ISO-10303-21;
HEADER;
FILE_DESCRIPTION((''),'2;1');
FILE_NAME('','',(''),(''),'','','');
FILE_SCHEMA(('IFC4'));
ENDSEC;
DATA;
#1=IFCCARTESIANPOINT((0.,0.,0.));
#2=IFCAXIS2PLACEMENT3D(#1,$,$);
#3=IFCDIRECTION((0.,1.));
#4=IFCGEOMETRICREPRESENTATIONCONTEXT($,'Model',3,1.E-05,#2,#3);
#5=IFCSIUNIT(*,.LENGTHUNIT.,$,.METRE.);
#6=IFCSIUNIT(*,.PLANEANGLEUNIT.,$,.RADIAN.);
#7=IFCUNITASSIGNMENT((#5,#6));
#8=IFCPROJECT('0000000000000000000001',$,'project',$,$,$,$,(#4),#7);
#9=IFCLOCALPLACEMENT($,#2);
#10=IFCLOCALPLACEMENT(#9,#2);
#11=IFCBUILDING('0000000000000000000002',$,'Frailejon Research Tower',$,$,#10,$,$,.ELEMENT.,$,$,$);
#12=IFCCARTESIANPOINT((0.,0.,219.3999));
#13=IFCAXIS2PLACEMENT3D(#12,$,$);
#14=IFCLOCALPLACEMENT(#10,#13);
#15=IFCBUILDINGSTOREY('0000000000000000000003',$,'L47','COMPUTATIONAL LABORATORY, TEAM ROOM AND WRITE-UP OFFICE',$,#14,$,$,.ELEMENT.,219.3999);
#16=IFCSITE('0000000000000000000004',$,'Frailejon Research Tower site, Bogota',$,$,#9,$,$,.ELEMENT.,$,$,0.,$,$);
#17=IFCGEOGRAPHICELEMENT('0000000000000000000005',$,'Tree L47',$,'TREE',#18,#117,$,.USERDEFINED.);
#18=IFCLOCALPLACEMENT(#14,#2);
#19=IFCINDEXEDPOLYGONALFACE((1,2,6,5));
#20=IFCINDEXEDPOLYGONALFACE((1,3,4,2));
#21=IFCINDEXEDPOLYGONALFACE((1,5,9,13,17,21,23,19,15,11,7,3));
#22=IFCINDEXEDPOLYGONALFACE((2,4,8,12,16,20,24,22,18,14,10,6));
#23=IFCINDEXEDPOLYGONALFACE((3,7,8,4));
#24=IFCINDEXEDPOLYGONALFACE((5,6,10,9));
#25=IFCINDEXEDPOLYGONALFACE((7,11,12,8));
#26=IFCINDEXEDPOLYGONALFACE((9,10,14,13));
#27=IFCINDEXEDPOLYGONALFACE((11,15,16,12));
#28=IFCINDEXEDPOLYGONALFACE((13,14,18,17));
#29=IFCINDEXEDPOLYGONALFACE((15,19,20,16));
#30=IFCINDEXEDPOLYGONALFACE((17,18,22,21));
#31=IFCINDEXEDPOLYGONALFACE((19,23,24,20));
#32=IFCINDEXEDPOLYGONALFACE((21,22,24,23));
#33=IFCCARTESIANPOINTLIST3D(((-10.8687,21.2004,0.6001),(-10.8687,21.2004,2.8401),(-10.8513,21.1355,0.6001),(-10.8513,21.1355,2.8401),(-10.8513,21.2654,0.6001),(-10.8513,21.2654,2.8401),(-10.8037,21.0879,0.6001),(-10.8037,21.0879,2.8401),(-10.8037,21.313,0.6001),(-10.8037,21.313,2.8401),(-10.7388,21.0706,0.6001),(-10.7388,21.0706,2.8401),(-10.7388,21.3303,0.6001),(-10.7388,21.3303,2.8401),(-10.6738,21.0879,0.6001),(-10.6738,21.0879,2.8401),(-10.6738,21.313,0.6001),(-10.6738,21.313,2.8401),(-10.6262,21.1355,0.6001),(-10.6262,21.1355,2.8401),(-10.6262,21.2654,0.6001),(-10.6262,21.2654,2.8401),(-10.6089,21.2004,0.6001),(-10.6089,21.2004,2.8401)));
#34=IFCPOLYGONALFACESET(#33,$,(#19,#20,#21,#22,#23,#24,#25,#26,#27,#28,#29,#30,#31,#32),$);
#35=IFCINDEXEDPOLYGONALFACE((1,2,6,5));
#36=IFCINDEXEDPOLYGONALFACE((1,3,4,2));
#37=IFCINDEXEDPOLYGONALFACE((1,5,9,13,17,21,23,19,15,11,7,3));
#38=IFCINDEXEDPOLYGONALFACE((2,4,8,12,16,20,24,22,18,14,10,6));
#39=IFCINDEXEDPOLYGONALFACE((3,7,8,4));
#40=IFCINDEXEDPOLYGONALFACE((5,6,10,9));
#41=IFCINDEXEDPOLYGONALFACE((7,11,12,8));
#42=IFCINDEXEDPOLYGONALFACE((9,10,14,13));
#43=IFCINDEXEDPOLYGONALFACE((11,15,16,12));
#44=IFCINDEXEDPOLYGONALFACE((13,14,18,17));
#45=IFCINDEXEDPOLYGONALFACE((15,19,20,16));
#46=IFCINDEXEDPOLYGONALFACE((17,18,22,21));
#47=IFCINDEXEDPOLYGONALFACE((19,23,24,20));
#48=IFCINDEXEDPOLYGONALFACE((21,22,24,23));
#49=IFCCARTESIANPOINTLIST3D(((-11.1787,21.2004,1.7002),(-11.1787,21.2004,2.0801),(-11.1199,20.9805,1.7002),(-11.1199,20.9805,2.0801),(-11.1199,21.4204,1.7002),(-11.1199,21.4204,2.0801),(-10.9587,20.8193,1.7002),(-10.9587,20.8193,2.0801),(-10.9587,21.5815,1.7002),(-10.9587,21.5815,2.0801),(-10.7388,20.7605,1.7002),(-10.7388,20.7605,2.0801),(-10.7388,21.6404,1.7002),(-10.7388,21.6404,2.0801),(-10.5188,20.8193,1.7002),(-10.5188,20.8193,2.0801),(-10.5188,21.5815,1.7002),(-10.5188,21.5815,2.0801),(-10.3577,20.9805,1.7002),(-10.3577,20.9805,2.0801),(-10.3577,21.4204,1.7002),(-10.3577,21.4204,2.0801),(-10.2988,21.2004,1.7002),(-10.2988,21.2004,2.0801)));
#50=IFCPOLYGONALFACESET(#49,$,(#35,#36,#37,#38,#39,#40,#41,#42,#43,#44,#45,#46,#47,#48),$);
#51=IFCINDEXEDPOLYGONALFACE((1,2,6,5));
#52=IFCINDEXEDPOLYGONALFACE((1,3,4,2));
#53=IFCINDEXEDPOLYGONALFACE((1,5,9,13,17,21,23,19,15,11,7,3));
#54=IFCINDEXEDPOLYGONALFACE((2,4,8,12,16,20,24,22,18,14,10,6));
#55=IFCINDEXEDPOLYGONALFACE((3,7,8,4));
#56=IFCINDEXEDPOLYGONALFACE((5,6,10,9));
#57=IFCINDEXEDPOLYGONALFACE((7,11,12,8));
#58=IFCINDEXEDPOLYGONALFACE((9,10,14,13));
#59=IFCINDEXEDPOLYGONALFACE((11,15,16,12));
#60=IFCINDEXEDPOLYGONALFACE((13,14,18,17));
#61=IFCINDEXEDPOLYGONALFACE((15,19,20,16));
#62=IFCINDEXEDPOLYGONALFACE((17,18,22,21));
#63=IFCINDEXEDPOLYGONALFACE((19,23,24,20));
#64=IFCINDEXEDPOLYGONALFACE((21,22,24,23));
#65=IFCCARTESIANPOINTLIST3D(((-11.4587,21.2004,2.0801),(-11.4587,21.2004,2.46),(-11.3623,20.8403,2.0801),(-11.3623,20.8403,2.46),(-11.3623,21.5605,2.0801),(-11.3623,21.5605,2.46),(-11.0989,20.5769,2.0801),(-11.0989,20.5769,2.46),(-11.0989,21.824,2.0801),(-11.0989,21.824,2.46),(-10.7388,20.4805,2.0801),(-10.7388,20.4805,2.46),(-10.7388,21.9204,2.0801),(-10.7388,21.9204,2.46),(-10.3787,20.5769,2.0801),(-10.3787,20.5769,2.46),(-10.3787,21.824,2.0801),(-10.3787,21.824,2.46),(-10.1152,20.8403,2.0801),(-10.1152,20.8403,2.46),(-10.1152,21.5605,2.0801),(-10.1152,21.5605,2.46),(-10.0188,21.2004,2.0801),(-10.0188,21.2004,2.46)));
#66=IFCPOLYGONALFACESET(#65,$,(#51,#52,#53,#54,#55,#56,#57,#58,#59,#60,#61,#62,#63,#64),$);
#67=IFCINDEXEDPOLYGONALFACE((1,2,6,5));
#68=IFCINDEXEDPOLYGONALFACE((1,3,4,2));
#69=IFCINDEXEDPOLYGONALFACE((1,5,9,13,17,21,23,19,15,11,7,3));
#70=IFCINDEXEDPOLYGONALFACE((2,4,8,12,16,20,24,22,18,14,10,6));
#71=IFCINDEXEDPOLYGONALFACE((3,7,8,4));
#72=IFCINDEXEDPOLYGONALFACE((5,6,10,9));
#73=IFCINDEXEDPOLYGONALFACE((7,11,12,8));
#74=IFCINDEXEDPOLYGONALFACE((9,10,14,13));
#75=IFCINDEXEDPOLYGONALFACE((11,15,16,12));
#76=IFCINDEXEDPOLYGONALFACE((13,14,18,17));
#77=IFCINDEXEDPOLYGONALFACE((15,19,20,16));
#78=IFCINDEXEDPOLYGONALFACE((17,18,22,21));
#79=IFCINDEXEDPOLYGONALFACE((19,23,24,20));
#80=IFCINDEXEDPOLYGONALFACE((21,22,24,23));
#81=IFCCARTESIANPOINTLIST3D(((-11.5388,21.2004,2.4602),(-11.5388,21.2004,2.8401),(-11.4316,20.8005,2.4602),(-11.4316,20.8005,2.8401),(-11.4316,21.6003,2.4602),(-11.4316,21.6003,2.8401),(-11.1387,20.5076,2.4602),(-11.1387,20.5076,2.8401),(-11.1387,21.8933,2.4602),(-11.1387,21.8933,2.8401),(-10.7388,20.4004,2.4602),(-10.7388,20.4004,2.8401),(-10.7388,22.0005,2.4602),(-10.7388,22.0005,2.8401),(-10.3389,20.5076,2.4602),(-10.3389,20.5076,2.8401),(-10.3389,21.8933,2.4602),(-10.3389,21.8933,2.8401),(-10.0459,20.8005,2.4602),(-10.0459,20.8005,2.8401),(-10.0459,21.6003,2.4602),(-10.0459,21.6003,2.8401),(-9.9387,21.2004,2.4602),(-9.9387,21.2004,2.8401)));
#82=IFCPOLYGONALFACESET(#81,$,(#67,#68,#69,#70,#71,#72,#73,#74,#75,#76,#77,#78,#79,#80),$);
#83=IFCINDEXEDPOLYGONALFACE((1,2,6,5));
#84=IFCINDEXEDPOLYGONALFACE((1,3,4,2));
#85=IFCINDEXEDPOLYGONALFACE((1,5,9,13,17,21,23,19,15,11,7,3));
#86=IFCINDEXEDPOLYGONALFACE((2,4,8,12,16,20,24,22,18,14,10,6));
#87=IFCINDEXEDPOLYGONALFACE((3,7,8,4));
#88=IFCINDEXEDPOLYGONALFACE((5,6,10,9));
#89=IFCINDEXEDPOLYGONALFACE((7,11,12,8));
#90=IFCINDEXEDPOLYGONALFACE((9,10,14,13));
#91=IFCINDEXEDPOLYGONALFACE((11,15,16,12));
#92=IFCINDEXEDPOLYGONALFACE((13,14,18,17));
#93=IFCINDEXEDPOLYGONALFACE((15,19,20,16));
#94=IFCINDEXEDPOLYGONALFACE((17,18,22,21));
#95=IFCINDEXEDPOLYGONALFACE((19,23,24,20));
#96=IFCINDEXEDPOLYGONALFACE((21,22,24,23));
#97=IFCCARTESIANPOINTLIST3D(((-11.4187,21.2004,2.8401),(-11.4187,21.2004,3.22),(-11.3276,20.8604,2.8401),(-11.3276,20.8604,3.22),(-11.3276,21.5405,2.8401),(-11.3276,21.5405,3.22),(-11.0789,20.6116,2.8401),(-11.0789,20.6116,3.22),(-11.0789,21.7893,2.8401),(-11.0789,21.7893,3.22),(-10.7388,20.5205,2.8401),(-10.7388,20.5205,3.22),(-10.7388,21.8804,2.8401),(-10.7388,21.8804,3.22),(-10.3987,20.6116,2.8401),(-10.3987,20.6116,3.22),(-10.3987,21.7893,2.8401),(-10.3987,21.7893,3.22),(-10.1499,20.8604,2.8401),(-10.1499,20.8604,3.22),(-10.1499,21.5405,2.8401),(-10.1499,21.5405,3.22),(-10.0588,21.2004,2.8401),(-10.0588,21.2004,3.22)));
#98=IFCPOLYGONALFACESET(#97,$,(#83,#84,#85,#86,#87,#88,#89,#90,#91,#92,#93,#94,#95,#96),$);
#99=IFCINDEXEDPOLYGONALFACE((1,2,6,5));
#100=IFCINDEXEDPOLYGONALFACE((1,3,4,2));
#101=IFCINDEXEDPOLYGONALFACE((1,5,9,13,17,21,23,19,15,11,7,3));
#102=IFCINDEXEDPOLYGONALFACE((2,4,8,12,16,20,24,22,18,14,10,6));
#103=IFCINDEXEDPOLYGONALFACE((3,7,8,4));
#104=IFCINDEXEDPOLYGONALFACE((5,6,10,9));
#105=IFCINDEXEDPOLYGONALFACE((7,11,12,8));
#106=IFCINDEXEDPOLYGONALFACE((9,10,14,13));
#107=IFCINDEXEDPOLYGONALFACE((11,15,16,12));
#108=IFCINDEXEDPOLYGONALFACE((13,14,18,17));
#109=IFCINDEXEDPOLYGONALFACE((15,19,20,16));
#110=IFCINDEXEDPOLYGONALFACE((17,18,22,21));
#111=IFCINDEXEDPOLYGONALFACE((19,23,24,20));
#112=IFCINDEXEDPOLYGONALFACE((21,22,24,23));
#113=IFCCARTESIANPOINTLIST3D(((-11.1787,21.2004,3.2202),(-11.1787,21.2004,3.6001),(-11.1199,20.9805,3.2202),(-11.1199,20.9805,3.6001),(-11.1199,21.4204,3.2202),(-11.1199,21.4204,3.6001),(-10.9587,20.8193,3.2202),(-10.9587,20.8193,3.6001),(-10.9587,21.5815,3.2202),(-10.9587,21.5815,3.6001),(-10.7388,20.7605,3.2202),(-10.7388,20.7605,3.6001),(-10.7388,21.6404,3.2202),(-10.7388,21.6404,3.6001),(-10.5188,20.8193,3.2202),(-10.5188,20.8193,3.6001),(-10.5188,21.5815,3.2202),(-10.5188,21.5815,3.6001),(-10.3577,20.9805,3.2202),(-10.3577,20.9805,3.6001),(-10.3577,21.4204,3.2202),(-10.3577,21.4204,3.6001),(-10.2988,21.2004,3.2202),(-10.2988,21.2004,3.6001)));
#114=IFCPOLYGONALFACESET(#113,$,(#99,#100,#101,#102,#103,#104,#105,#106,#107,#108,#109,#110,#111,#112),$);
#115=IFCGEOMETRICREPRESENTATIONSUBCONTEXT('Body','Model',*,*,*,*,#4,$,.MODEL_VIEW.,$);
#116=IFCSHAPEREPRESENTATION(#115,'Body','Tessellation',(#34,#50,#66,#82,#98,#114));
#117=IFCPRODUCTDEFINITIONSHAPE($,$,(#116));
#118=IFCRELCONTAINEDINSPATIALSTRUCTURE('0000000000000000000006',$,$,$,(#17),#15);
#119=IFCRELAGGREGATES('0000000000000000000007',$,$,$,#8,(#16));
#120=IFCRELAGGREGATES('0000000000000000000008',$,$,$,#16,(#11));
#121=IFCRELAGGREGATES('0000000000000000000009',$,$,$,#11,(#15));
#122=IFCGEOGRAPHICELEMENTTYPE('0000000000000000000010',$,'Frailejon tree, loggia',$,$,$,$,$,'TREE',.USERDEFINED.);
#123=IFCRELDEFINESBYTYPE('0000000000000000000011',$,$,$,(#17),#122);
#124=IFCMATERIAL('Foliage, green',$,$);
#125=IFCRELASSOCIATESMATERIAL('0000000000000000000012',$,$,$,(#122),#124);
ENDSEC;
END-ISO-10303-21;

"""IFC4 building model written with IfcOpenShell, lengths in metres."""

from ifc_helpers import new_model, si_unit, direction, frame, origin, place, context, subcontext, project, spatial, polyline, outline, extrude, material, type_object, element, save


model = new_model("IFC4")

# Units and contexts
model_context = context("Model", 3, precision=1e-05, world=origin(), true_north=direction((0.0, 1.0)))
body_context = subcontext(model_context, "Body", "Model", "MODEL_VIEW")
ifc_project = project(units=[si_unit("LENGTHUNIT", "METRE"), si_unit("PLANEANGLEUNIT", "RADIAN")], contexts=[model_context])

# Site, building, storey
site_placement = place(None, origin())
site = spatial("IfcSite", under=ifc_project, at=site_placement, Name="Frailejon Research Tower site, Bogota", CompositionType="ELEMENT", RefElevation=0.0)
building_placement = place(site_placement, origin())
building = spatial("IfcBuilding", under=site, at=building_placement, Name="Frailejon Research Tower", CompositionType="ELEMENT")
storey_placement = place(building_placement, frame((0.0, 0.0, 219.3999)))
storey = spatial("IfcBuildingStorey", under=building, at=storey_placement, Name="L47", Description="COMPUTATIONAL LABORATORY, TEAM ROOM AND WRITE-UP OFFICE", CompositionType="ELEMENT", Elevation=219.3999)

# Geographic element
ifc_material_1 = material(Name="Foliage, green")
geographic_element_type = type_object("IfcGeographicElementType", Name="Frailejon tree, loggia", ElementType="TREE", PredefinedType="USERDEFINED", material=ifc_material_1)
geographic_element_placement = place(storey_placement, frame((-10.7388, 21.2004, 0.6001)))
element("IfcGeographicElement", 1, at=geographic_element_placement, inside=storey, type_object=geographic_element_type, Name="Tree L47", ObjectType="TREE", PredefinedType="USERDEFINED", context=body_context, shape_type="SweptSolid", body=[
    extrude(outline(polyline([(0.1299, 0.0), (0.1125, 0.0649), (0.0649, 0.1125), (0.0, 0.1299), (-0.0649, 0.1125), (-0.1125, 0.0649), (-0.1299, 0.0), (-0.1125, -0.0649), (-0.0649, -0.1125), (0.0, -0.1299), (0.0649, -0.1125), (0.1125, -0.0649), (0.1299, 0.0)])), origin(), (0.0, 0.0, 1.0), 2.24),
    extrude(outline(polyline([(0.4399, 0.0), (0.3811, 0.22), (0.22, 0.3811), (0.0, 0.4399), (-0.22, 0.3811), (-0.3811, 0.22), (-0.4399, 0.0), (-0.3811, -0.22), (-0.22, -0.3811), (0.0, -0.4399), (0.22, -0.3811), (0.3811, -0.22), (0.4399, 0.0)])), frame((0.0, 0.0, 1.1001)), (0.0, 0.0, 1.0), 0.3799),
    extrude(outline(polyline([(0.72, 0.0), (0.6235, 0.3601), (0.3601, 0.6235), (0.0, 0.72), (-0.3601, 0.6235), (-0.6235, 0.3601), (-0.72, 0.0), (-0.6235, -0.3601), (-0.3601, -0.6235), (0.0, -0.72), (0.3601, -0.6235), (0.6235, -0.3601), (0.72, 0.0)])), frame((0.0, 0.0, 1.48)), (0.0, 0.0, 1.0), 0.3799),
    extrude(outline(polyline([(0.8, 0.0), (0.6929, 0.3999), (0.3999, 0.6929), (0.0, 0.8), (-0.3999, 0.6929), (-0.6929, 0.3999), (-0.8, 0.0), (-0.6929, -0.3999), (-0.3999, -0.6929), (0.0, -0.8), (0.3999, -0.6929), (0.6929, -0.3999), (0.8, 0.0)])), frame((0.0, 0.0, 1.8601)), (0.0, 0.0, 1.0), 0.3799),
    extrude(outline(polyline([(0.6799, 0.0), (0.5889, 0.3401), (0.3401, 0.5889), (0.0, 0.6799), (-0.3401, 0.5889), (-0.5889, 0.3401), (-0.6799, 0.0), (-0.5889, -0.3401), (-0.3401, -0.5889), (0.0, -0.6799), (0.3401, -0.5889), (0.5889, -0.3401), (0.6799, 0.0)])), frame((0.0, 0.0, 2.24)), (0.0, 0.0, 1.0), 0.3799),
    extrude(outline(polyline([(0.4399, 0.0), (0.3811, 0.22), (0.22, 0.3811), (0.0, 0.4399), (-0.22, 0.3811), (-0.3811, 0.22), (-0.4399, 0.0), (-0.3811, -0.22), (-0.22, -0.3811), (0.0, -0.4399), (0.22, -0.3811), (0.3811, -0.22), (0.4399, 0.0)])), frame((0.0, 0.0, 2.6201)), (0.0, 0.0, 1.0), 0.3799),
])

save(model, "model.ifc")
